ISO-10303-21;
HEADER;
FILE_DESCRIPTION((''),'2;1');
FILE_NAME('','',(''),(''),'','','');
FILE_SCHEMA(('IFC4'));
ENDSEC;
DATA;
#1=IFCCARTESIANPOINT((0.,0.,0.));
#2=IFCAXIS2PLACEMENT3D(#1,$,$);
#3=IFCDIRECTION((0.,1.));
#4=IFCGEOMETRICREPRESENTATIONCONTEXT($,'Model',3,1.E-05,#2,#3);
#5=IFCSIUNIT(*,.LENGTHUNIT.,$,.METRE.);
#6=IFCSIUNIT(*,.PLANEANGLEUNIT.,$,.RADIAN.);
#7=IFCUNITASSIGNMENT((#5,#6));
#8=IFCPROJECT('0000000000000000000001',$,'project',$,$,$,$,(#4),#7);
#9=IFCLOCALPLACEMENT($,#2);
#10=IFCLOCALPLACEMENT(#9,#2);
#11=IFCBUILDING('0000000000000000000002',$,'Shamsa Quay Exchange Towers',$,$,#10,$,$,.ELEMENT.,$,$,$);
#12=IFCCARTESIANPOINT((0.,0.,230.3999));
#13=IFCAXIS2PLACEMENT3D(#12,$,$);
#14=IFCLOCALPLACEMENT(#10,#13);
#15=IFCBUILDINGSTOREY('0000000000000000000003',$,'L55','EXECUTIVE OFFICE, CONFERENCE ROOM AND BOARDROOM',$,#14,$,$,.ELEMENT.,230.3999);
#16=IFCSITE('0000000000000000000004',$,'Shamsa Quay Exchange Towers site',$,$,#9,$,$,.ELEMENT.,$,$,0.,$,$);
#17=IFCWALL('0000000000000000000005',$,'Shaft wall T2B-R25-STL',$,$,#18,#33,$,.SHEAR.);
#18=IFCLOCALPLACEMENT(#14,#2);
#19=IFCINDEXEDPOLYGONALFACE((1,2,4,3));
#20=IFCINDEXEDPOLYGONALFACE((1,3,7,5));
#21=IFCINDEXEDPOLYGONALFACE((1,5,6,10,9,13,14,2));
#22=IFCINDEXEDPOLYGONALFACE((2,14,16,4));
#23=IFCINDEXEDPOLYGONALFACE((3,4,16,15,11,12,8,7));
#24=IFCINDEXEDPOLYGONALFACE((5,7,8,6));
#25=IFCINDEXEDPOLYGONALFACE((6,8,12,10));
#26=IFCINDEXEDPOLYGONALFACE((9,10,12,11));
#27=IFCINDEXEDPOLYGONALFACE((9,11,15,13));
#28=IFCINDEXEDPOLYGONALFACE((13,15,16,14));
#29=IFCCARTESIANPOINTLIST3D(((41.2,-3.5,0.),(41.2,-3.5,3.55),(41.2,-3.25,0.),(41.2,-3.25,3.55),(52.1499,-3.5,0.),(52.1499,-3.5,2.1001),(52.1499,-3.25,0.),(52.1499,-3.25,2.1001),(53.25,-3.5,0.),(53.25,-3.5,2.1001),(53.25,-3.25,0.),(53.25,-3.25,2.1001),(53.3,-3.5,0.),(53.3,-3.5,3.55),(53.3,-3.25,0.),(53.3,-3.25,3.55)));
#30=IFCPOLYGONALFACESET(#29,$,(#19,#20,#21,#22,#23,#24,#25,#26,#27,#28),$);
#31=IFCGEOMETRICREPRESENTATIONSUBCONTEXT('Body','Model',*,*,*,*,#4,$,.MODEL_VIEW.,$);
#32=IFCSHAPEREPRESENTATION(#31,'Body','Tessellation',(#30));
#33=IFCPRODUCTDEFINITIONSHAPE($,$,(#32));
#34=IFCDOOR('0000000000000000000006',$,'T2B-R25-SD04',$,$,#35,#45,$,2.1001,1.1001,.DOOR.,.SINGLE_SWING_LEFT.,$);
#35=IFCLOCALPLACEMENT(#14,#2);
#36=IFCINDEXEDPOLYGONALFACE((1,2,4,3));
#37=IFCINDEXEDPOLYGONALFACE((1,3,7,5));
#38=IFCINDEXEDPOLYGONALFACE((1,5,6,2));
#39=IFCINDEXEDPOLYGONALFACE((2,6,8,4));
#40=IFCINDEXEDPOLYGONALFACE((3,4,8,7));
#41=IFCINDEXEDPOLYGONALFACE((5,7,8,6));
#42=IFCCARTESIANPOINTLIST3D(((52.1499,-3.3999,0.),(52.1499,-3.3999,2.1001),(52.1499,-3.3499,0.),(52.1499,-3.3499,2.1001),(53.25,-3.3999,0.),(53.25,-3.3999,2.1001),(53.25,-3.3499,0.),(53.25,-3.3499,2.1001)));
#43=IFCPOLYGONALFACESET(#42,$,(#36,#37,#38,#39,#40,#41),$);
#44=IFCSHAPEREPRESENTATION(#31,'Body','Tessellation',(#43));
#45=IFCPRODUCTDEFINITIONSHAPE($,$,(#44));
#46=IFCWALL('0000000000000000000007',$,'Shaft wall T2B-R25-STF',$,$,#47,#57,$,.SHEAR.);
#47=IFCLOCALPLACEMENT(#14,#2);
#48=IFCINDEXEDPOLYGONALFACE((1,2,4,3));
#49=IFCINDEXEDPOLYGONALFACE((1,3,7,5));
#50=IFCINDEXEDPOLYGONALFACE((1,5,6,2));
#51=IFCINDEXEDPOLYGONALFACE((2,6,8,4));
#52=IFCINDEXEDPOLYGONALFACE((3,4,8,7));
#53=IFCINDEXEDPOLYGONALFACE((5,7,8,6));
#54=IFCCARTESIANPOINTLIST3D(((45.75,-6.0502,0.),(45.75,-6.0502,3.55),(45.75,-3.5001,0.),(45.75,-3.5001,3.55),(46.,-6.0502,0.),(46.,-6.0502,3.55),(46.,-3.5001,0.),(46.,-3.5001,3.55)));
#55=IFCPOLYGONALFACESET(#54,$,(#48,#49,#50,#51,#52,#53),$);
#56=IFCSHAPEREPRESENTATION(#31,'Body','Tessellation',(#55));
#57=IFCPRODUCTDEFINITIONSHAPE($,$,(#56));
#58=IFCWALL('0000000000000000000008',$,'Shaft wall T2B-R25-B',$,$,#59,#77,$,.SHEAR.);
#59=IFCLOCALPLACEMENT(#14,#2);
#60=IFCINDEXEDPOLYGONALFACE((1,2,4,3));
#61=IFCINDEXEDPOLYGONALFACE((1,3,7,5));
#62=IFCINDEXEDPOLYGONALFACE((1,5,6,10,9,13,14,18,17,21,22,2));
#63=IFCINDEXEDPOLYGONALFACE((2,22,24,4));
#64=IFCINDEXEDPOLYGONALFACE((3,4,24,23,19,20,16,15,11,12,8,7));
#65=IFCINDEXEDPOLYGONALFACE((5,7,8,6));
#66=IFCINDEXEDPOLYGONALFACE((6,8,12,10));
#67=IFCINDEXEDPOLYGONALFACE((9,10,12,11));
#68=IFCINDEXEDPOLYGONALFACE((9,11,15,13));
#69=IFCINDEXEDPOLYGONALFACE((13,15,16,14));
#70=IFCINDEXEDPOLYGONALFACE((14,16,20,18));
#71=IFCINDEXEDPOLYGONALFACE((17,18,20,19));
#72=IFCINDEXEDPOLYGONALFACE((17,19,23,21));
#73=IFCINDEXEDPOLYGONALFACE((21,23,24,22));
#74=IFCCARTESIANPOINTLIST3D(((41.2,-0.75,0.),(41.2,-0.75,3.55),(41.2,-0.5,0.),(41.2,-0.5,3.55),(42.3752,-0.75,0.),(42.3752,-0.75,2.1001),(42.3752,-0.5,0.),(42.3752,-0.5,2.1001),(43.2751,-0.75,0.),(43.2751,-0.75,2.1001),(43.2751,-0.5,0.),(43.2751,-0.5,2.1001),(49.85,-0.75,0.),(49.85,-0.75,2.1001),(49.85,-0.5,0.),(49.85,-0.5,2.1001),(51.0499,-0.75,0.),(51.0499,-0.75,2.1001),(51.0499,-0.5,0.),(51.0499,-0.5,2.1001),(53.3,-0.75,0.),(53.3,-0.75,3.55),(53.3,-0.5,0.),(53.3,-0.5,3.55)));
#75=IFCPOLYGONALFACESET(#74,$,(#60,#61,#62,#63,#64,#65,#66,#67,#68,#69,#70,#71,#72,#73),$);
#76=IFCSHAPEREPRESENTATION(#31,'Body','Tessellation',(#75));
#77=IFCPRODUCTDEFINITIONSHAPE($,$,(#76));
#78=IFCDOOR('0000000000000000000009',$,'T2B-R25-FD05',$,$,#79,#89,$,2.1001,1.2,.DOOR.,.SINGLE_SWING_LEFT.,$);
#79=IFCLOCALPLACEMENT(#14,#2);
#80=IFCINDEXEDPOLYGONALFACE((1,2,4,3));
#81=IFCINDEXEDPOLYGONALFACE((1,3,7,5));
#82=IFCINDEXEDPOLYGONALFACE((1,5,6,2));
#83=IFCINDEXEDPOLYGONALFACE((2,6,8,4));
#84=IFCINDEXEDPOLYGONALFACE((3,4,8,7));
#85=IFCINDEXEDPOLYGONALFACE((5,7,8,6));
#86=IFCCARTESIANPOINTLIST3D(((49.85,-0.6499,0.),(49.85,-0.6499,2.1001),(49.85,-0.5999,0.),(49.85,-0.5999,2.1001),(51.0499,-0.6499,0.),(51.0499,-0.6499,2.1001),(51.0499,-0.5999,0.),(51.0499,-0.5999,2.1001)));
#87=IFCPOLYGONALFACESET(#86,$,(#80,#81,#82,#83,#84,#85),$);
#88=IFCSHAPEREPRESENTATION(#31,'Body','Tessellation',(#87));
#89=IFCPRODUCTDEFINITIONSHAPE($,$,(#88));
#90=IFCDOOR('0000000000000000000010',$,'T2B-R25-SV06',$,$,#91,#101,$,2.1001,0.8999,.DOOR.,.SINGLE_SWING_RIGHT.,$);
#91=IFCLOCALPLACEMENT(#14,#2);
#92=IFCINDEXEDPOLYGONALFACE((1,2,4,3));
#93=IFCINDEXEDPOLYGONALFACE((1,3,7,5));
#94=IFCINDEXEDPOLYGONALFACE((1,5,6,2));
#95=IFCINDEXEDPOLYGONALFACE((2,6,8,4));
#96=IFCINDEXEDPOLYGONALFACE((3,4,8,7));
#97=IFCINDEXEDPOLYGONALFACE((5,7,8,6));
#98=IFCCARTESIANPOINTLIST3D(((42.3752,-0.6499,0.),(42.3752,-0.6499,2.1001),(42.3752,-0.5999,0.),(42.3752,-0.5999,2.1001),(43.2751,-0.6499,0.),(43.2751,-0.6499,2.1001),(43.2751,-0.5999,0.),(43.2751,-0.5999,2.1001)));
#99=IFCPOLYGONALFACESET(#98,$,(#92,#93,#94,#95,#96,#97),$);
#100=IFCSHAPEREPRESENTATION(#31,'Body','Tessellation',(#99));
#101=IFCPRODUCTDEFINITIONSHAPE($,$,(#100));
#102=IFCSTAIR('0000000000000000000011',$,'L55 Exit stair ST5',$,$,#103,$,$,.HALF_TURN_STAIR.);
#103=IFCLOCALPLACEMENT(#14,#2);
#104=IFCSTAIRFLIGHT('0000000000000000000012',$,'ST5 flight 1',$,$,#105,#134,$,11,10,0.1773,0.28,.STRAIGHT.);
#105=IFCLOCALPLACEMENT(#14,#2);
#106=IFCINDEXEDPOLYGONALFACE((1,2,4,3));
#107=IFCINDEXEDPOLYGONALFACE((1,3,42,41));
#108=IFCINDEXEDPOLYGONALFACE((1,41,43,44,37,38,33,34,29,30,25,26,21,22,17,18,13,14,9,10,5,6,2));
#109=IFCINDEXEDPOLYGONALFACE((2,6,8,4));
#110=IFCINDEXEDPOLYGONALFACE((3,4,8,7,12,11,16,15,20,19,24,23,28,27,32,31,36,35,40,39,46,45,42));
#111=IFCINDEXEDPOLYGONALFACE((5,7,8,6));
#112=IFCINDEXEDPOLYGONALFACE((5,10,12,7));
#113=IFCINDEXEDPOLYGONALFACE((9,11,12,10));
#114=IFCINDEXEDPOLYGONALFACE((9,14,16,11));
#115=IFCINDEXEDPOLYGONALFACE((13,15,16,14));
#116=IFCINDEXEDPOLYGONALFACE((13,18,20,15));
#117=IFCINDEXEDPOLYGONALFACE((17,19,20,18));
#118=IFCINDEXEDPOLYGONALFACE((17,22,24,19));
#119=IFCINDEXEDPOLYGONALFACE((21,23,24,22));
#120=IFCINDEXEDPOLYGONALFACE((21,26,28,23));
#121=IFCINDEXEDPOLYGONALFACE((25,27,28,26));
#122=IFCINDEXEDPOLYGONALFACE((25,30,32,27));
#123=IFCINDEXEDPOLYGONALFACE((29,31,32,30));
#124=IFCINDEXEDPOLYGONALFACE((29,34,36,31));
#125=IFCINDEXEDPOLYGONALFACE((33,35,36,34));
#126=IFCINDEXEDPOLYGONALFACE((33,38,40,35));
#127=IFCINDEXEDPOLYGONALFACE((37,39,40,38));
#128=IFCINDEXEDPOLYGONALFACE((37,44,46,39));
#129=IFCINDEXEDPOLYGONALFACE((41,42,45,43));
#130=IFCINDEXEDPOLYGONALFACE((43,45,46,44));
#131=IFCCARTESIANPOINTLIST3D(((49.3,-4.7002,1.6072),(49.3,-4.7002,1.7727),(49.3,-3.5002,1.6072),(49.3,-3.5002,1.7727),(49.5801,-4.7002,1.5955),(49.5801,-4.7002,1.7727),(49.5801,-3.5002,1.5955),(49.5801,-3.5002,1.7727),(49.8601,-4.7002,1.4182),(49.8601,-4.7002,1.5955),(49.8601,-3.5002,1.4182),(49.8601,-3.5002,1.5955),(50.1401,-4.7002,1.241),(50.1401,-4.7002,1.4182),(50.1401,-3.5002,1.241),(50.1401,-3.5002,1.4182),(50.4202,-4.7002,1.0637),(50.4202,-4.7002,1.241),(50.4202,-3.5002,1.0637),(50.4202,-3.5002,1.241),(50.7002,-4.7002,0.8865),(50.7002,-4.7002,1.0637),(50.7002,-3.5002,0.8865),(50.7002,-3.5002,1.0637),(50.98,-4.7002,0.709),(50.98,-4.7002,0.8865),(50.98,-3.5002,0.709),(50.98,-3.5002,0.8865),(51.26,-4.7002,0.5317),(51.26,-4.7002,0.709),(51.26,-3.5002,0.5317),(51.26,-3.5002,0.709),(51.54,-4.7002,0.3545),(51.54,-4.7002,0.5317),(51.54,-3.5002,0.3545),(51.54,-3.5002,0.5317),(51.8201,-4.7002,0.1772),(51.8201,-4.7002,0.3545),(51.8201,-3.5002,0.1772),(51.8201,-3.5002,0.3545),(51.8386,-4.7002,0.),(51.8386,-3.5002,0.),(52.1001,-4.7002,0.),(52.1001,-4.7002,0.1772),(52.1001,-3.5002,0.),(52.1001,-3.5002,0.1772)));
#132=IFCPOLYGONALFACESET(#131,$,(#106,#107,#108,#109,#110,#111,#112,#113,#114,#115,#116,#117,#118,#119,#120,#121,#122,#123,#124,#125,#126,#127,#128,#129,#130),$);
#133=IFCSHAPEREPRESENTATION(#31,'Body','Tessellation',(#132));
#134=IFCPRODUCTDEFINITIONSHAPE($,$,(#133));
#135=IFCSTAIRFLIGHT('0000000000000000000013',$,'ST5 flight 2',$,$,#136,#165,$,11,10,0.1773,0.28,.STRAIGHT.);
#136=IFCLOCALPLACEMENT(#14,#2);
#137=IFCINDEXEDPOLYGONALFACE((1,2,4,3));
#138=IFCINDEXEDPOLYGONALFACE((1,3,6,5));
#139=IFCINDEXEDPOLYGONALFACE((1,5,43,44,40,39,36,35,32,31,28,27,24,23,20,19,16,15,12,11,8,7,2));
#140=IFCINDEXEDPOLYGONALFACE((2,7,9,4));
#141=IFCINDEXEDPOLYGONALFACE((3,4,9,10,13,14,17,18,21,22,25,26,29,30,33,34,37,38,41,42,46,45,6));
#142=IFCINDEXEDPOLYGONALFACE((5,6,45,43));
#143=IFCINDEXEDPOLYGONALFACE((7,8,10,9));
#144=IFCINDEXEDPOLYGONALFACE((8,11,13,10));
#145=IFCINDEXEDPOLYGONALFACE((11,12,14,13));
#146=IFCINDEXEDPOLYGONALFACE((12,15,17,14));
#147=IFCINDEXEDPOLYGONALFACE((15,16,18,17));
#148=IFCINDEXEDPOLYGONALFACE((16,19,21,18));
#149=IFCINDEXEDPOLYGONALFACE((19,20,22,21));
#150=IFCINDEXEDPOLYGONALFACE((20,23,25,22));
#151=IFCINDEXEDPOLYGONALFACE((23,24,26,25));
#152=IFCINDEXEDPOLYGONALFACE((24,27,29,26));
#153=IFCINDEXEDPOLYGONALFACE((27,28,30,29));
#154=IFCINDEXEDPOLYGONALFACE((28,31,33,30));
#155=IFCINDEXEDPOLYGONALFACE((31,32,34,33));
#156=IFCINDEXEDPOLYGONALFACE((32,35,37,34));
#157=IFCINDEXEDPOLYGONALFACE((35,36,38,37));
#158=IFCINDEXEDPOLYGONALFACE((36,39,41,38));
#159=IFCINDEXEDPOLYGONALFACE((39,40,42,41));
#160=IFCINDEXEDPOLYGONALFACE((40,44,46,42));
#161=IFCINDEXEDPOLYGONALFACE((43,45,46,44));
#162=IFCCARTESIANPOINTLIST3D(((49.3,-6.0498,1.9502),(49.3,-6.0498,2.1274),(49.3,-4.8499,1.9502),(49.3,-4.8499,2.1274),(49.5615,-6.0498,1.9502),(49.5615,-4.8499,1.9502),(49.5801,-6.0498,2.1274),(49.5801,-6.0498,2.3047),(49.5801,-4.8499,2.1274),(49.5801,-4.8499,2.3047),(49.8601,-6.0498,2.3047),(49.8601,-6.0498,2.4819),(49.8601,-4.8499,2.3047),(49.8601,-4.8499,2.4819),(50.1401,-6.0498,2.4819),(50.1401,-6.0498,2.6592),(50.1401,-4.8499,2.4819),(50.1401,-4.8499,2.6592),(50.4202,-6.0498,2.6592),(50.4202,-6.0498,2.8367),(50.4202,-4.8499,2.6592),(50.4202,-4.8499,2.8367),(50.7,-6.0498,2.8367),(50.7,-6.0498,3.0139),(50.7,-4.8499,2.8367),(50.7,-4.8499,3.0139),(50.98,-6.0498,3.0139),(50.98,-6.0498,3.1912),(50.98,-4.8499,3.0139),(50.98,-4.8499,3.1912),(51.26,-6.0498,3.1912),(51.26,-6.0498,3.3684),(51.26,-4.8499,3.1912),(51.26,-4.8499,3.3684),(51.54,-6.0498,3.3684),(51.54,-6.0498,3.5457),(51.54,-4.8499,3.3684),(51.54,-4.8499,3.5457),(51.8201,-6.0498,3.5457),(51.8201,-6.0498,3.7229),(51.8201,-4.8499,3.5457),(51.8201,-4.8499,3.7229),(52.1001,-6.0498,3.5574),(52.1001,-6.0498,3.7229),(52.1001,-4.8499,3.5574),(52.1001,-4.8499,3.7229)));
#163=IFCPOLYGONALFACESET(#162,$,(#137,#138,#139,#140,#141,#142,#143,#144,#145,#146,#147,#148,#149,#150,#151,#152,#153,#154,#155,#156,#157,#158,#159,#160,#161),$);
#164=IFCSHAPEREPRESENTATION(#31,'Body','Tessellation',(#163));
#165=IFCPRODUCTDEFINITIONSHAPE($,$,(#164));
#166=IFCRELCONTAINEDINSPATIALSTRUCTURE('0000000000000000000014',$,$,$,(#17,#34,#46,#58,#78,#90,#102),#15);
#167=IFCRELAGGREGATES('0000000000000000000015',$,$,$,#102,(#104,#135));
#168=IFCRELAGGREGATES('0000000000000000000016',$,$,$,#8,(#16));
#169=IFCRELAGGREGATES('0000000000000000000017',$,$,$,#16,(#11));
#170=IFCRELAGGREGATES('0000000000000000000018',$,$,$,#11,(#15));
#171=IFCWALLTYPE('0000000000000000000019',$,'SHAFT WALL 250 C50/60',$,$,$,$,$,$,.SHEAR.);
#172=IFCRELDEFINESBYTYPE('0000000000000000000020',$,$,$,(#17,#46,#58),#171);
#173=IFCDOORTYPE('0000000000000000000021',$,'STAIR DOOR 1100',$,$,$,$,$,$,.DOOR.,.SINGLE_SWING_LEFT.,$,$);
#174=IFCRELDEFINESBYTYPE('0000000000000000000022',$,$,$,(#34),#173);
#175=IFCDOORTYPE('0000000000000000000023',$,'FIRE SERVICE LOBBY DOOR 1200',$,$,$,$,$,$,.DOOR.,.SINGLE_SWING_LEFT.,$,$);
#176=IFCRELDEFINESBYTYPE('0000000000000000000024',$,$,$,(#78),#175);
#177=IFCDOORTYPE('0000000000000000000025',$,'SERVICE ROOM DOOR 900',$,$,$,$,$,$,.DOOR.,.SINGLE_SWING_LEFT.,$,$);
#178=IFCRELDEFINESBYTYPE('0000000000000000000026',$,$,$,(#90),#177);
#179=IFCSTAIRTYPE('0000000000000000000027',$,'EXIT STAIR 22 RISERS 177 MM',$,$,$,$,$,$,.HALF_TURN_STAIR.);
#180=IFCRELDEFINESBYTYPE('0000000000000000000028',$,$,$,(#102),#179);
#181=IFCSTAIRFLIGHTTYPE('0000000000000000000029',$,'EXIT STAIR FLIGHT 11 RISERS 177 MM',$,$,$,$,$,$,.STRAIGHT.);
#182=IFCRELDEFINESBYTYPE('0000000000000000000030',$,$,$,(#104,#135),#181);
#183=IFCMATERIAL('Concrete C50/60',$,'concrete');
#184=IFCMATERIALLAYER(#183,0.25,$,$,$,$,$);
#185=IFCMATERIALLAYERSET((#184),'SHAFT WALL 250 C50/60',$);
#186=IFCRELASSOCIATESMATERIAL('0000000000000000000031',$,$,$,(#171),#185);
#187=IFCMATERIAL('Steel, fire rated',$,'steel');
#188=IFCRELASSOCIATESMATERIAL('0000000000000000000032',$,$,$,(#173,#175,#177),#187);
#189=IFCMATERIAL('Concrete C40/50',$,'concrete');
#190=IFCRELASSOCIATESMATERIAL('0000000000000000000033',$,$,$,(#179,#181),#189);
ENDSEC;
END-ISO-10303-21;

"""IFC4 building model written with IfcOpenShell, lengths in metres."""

from ifc_helpers import new_model, si_unit, direction, frame, frame_2d, origin, place, context, subcontext, project, spatial, polyline, rectangle, outline, extrude, material, layer, layer_set, type_object, element, fill, aggregate, save


model = new_model("IFC4")

# Units and contexts
model_context = context("Model", 3, precision=1e-05, world=origin(), true_north=direction((0.0, 1.0)))
body_context = subcontext(model_context, "Body", "Model", "MODEL_VIEW")
ifc_project = project(units=[si_unit("LENGTHUNIT", "METRE"), si_unit("PLANEANGLEUNIT", "RADIAN")], contexts=[model_context])

# Site, building, storey
site_placement = place(None, origin())
site = spatial("IfcSite", under=ifc_project, at=site_placement, Name="Shamsa Quay Exchange Towers site", CompositionType="ELEMENT", RefElevation=0.0)
building_placement = place(site_placement, origin())
building = spatial("IfcBuilding", under=site, at=building_placement, Name="Shamsa Quay Exchange Towers", CompositionType="ELEMENT")
storey_placement = place(building_placement, frame((0.0, 0.0, 230.3999)))
storey = spatial("IfcBuildingStorey", under=building, at=storey_placement, Name="L55", Description="EXECUTIVE OFFICE, CONFERENCE ROOM AND BOARDROOM", CompositionType="ELEMENT", Elevation=230.3999)

# Wall, opening, door
ifc_material_1 = material(Name="Steel, fire rated", Category="steel")
ifc_material_2 = material(Name="Concrete C50/60", Category="concrete")
ifc_layer_1 = layer(ifc_material_2, 0.25)
ifc_layer_set_1 = layer_set([ifc_layer_1], Name="SHAFT WALL 250 C50/60")
wall_type_1 = type_object("IfcWallType", Name="SHAFT WALL 250 C50/60", PredefinedType="SHEAR", material=ifc_layer_set_1)
wall_1_placement = place(storey_placement, frame((53.3, -3.375, 0.0), z_axis=(0.0, 0.0, 1.0), x_axis=(-1.0, 0.0, 0.0)))
wall_1 = element("IfcWall", 1, at=wall_1_placement, inside=storey, type_object=wall_type_1, Name="Shaft wall T2B-R25-STL", PredefinedType="SHEAR", context=body_context, shape_type="SweptSolid", body=[
    extrude(rectangle(XDim=12.1001, YDim=0.25, at=frame_2d((6.05, 0.0))), origin(), (0.0, 0.0, 1.0), 3.55),
])
opening_1_placement = place(wall_1_placement, frame((0.05, 0.0, 0.0)))
opening_1 = element("IfcOpeningElement", 2, at=opening_1_placement, cuts=wall_1, PredefinedType="OPENING", context=body_context, shape_type="SweptSolid", body=[
    extrude(rectangle(XDim=1.1001, YDim=2.1001, at=frame_2d((0.55, 1.05))), frame((0.0, 0.135, 0.0), z_axis=(0.0, -1.0, 0.0), x_axis=(1.0, 0.0, 0.0)), (0.0, 0.0, 1.0), 0.27),
])
door_type_1 = type_object("IfcDoorType", Name="STAIR DOOR 1100", OperationType="SINGLE_SWING_LEFT", PredefinedType="DOOR", material=ifc_material_1)
door_1_placement = place(opening_1_placement, origin())
door_1 = element("IfcDoor", 3, at=door_1_placement, inside=storey, type_object=door_type_1, Name="T2B-R25-SD04", OperationType="SINGLE_SWING_LEFT", OverallHeight=2.1001, OverallWidth=1.1001, PredefinedType="DOOR", context=body_context, shape_type="SweptSolid", body=[
    extrude(rectangle(XDim=1.1001, YDim=2.1001, at=frame_2d((0.55, 1.05))), frame((0.0, 0.0249, 0.0), z_axis=(0.0, -1.0, 0.0), x_axis=(1.0, 0.0, 0.0)), (0.0, 0.0, 1.0), 0.05),
])
fill(opening_1, door_1)

# Wall
wall_2_placement = place(storey_placement, frame((45.875, -6.05, 0.0), z_axis=(0.0, 0.0, 1.0), x_axis=(0.0, 1.0, 0.0)))
element("IfcWall", 4, at=wall_2_placement, inside=storey, type_object=wall_type_1, Name="Shaft wall T2B-R25-STF", PredefinedType="SHEAR", context=body_context, shape_type="SweptSolid", body=[
    extrude(rectangle(XDim=2.55, YDim=0.25, at=frame_2d((1.2749, 0.0))), origin(), (0.0, 0.0, 1.0), 3.55),
])

# Wall, openings, doors
wall_3_placement = place(storey_placement, frame((53.3, -0.625, 0.0), z_axis=(0.0, 0.0, 1.0), x_axis=(-1.0, 0.0, 0.0)))
wall_3 = element("IfcWall", 5, at=wall_3_placement, inside=storey, type_object=wall_type_1, Name="Shaft wall T2B-R25-B", PredefinedType="SHEAR", context=body_context, shape_type="SweptSolid", body=[
    extrude(rectangle(XDim=12.1001, YDim=0.25, at=frame_2d((6.05, 0.0))), origin(), (0.0, 0.0, 1.0), 3.55),
])
opening_2_placement = place(wall_3_placement, frame((2.25, 0.0, 0.0)))
opening_2 = element("IfcOpeningElement", 6, at=opening_2_placement, cuts=wall_3, PredefinedType="OPENING", context=body_context, shape_type="SweptSolid", body=[
    extrude(rectangle(XDim=1.2, YDim=2.1001, at=frame_2d((0.6001, 1.05))), frame((0.0, 0.135, 0.0), z_axis=(0.0, -1.0, 0.0), x_axis=(1.0, 0.0, 0.0)), (0.0, 0.0, 1.0), 0.27),
])
opening_3_placement = place(wall_3_placement, frame((10.0249, 0.0, 0.0)))
opening_3 = element("IfcOpeningElement", 7, at=opening_3_placement, cuts=wall_3, PredefinedType="OPENING", context=body_context, shape_type="SweptSolid", body=[
    extrude(rectangle(XDim=0.8999, YDim=2.1001, at=frame_2d((0.45, 1.05))), frame((0.0, 0.135, 0.0), z_axis=(0.0, -1.0, 0.0), x_axis=(1.0, 0.0, 0.0)), (0.0, 0.0, 1.0), 0.27),
])
door_type_2 = type_object("IfcDoorType", Name="FIRE SERVICE LOBBY DOOR 1200", OperationType="SINGLE_SWING_LEFT", PredefinedType="DOOR", material=ifc_material_1)
door_2_placement = place(opening_2_placement, origin())
door_2 = element("IfcDoor", 8, at=door_2_placement, inside=storey, type_object=door_type_2, Name="T2B-R25-FD05", OperationType="SINGLE_SWING_LEFT", OverallHeight=2.1001, OverallWidth=1.2, PredefinedType="DOOR", context=body_context, shape_type="SweptSolid", body=[
    extrude(rectangle(XDim=1.2, YDim=2.1001, at=frame_2d((0.6001, 1.05))), frame((0.0, 0.0249, 0.0), z_axis=(0.0, -1.0, 0.0), x_axis=(1.0, 0.0, 0.0)), (0.0, 0.0, 1.0), 0.05),
])
fill(opening_2, door_2)
door_type_3 = type_object("IfcDoorType", Name="SERVICE ROOM DOOR 900", OperationType="SINGLE_SWING_LEFT", PredefinedType="DOOR", material=ifc_material_1)
door_3_placement = place(opening_3_placement, origin())
door_3 = element("IfcDoor", 9, at=door_3_placement, inside=storey, type_object=door_type_3, Name="T2B-R25-SV06", OperationType="SINGLE_SWING_RIGHT", OverallHeight=2.1001, OverallWidth=0.8999, PredefinedType="DOOR", context=body_context, shape_type="SweptSolid", body=[
    extrude(rectangle(XDim=0.8999, YDim=2.1001, at=frame_2d((0.45, 1.05))), frame((0.0, 0.0249, 0.0), z_axis=(0.0, -1.0, 0.0), x_axis=(1.0, 0.0, 0.0)), (0.0, 0.0, 1.0), 0.05),
])
fill(opening_3, door_3)

# Stair, stair flights
ifc_material_3 = material(Name="Concrete C40/50", Category="concrete")
stair_type = type_object("IfcStairType", Name="EXIT STAIR 22 RISERS 177 MM", PredefinedType="HALF_TURN_STAIR", material=ifc_material_3)
stair_placement = place(storey_placement, origin())
stair = element("IfcStair", 10, at=stair_placement, inside=storey, type_object=stair_type, Name="L55 Exit stair ST5", PredefinedType="HALF_TURN_STAIR")
stair_flight_type = type_object("IfcStairFlightType", Name="EXIT STAIR FLIGHT 11 RISERS 177 MM", PredefinedType="STRAIGHT", material=ifc_material_3)
stair_flight_1_placement = place(storey_placement, frame((52.1001, -4.1001, 0.0), z_axis=(0.0, 0.0, 1.0), x_axis=(-1.0, 0.0, 0.0)))
stair_flight_1 = element("IfcStairFlight", 11, at=stair_flight_1_placement, type_object=stair_flight_type, Name="ST5 flight 1", NumberOfRisers=11, NumberOfTreads=10, PredefinedType="STRAIGHT", RiserHeight=0.1773, TreadLength=0.28, context=body_context, shape_type="SweptSolid", body=[
    extrude(outline(polyline([(0.0, 0.0), (0.0, 0.1772), (0.28, 0.1772), (0.28, 0.3545), (0.5601, 0.3545), (0.5601, 0.5317), (0.8401, 0.5317), (0.8401, 0.709), (1.1201, 0.709), (1.1201, 0.8865), (1.3999, 0.8865), (1.3999, 1.0637), (1.6799, 1.0637), (1.6799, 1.241), (1.96, 1.241), (1.96, 1.4182), (2.24, 1.4182), (2.24, 1.5955), (2.52, 1.5955), (2.52, 1.7727), (2.8, 1.7727), (2.8, 1.95), (2.8, 1.6072), (0.2615, 0.0), (0.0, 0.0)])), frame((0.0, 0.6001, 0.0), z_axis=(0.0, -1.0, 0.0), x_axis=(1.0, 0.0, 0.0)), (0.0, 0.0, 1.0), 1.2),
])
stair_flight_2_placement = place(storey_placement, frame((49.3, -5.45, 1.9502)))
stair_flight_2 = element("IfcStairFlight", 12, at=stair_flight_2_placement, type_object=stair_flight_type, Name="ST5 flight 2", NumberOfRisers=11, NumberOfTreads=10, PredefinedType="STRAIGHT", RiserHeight=0.1773, TreadLength=0.28, context=body_context, shape_type="SweptSolid", body=[
    extrude(outline(polyline([(0.0, 0.0), (0.0, 0.1772), (0.28, 0.1772), (0.28, 0.3545), (0.5601, 0.3545), (0.5601, 0.5317), (0.8401, 0.5317), (0.8401, 0.709), (1.1201, 0.709), (1.1201, 0.8865), (1.3999, 0.8865), (1.3999, 1.0637), (1.6799, 1.0637), (1.6799, 1.241), (1.96, 1.241), (1.96, 1.4182), (2.24, 1.4182), (2.24, 1.5955), (2.52, 1.5955), (2.52, 1.7727), (2.8, 1.7727), (2.8, 1.95), (2.8, 1.6072), (0.2615, 0.0), (0.0, 0.0)])), frame((0.0, 0.6001, 0.0), z_axis=(0.0, -1.0, 0.0), x_axis=(1.0, 0.0, 0.0)), (0.0, 0.0, 1.0), 1.2),
])
aggregate(stair, [stair_flight_1, stair_flight_2])

save(model, "model.ifc")
